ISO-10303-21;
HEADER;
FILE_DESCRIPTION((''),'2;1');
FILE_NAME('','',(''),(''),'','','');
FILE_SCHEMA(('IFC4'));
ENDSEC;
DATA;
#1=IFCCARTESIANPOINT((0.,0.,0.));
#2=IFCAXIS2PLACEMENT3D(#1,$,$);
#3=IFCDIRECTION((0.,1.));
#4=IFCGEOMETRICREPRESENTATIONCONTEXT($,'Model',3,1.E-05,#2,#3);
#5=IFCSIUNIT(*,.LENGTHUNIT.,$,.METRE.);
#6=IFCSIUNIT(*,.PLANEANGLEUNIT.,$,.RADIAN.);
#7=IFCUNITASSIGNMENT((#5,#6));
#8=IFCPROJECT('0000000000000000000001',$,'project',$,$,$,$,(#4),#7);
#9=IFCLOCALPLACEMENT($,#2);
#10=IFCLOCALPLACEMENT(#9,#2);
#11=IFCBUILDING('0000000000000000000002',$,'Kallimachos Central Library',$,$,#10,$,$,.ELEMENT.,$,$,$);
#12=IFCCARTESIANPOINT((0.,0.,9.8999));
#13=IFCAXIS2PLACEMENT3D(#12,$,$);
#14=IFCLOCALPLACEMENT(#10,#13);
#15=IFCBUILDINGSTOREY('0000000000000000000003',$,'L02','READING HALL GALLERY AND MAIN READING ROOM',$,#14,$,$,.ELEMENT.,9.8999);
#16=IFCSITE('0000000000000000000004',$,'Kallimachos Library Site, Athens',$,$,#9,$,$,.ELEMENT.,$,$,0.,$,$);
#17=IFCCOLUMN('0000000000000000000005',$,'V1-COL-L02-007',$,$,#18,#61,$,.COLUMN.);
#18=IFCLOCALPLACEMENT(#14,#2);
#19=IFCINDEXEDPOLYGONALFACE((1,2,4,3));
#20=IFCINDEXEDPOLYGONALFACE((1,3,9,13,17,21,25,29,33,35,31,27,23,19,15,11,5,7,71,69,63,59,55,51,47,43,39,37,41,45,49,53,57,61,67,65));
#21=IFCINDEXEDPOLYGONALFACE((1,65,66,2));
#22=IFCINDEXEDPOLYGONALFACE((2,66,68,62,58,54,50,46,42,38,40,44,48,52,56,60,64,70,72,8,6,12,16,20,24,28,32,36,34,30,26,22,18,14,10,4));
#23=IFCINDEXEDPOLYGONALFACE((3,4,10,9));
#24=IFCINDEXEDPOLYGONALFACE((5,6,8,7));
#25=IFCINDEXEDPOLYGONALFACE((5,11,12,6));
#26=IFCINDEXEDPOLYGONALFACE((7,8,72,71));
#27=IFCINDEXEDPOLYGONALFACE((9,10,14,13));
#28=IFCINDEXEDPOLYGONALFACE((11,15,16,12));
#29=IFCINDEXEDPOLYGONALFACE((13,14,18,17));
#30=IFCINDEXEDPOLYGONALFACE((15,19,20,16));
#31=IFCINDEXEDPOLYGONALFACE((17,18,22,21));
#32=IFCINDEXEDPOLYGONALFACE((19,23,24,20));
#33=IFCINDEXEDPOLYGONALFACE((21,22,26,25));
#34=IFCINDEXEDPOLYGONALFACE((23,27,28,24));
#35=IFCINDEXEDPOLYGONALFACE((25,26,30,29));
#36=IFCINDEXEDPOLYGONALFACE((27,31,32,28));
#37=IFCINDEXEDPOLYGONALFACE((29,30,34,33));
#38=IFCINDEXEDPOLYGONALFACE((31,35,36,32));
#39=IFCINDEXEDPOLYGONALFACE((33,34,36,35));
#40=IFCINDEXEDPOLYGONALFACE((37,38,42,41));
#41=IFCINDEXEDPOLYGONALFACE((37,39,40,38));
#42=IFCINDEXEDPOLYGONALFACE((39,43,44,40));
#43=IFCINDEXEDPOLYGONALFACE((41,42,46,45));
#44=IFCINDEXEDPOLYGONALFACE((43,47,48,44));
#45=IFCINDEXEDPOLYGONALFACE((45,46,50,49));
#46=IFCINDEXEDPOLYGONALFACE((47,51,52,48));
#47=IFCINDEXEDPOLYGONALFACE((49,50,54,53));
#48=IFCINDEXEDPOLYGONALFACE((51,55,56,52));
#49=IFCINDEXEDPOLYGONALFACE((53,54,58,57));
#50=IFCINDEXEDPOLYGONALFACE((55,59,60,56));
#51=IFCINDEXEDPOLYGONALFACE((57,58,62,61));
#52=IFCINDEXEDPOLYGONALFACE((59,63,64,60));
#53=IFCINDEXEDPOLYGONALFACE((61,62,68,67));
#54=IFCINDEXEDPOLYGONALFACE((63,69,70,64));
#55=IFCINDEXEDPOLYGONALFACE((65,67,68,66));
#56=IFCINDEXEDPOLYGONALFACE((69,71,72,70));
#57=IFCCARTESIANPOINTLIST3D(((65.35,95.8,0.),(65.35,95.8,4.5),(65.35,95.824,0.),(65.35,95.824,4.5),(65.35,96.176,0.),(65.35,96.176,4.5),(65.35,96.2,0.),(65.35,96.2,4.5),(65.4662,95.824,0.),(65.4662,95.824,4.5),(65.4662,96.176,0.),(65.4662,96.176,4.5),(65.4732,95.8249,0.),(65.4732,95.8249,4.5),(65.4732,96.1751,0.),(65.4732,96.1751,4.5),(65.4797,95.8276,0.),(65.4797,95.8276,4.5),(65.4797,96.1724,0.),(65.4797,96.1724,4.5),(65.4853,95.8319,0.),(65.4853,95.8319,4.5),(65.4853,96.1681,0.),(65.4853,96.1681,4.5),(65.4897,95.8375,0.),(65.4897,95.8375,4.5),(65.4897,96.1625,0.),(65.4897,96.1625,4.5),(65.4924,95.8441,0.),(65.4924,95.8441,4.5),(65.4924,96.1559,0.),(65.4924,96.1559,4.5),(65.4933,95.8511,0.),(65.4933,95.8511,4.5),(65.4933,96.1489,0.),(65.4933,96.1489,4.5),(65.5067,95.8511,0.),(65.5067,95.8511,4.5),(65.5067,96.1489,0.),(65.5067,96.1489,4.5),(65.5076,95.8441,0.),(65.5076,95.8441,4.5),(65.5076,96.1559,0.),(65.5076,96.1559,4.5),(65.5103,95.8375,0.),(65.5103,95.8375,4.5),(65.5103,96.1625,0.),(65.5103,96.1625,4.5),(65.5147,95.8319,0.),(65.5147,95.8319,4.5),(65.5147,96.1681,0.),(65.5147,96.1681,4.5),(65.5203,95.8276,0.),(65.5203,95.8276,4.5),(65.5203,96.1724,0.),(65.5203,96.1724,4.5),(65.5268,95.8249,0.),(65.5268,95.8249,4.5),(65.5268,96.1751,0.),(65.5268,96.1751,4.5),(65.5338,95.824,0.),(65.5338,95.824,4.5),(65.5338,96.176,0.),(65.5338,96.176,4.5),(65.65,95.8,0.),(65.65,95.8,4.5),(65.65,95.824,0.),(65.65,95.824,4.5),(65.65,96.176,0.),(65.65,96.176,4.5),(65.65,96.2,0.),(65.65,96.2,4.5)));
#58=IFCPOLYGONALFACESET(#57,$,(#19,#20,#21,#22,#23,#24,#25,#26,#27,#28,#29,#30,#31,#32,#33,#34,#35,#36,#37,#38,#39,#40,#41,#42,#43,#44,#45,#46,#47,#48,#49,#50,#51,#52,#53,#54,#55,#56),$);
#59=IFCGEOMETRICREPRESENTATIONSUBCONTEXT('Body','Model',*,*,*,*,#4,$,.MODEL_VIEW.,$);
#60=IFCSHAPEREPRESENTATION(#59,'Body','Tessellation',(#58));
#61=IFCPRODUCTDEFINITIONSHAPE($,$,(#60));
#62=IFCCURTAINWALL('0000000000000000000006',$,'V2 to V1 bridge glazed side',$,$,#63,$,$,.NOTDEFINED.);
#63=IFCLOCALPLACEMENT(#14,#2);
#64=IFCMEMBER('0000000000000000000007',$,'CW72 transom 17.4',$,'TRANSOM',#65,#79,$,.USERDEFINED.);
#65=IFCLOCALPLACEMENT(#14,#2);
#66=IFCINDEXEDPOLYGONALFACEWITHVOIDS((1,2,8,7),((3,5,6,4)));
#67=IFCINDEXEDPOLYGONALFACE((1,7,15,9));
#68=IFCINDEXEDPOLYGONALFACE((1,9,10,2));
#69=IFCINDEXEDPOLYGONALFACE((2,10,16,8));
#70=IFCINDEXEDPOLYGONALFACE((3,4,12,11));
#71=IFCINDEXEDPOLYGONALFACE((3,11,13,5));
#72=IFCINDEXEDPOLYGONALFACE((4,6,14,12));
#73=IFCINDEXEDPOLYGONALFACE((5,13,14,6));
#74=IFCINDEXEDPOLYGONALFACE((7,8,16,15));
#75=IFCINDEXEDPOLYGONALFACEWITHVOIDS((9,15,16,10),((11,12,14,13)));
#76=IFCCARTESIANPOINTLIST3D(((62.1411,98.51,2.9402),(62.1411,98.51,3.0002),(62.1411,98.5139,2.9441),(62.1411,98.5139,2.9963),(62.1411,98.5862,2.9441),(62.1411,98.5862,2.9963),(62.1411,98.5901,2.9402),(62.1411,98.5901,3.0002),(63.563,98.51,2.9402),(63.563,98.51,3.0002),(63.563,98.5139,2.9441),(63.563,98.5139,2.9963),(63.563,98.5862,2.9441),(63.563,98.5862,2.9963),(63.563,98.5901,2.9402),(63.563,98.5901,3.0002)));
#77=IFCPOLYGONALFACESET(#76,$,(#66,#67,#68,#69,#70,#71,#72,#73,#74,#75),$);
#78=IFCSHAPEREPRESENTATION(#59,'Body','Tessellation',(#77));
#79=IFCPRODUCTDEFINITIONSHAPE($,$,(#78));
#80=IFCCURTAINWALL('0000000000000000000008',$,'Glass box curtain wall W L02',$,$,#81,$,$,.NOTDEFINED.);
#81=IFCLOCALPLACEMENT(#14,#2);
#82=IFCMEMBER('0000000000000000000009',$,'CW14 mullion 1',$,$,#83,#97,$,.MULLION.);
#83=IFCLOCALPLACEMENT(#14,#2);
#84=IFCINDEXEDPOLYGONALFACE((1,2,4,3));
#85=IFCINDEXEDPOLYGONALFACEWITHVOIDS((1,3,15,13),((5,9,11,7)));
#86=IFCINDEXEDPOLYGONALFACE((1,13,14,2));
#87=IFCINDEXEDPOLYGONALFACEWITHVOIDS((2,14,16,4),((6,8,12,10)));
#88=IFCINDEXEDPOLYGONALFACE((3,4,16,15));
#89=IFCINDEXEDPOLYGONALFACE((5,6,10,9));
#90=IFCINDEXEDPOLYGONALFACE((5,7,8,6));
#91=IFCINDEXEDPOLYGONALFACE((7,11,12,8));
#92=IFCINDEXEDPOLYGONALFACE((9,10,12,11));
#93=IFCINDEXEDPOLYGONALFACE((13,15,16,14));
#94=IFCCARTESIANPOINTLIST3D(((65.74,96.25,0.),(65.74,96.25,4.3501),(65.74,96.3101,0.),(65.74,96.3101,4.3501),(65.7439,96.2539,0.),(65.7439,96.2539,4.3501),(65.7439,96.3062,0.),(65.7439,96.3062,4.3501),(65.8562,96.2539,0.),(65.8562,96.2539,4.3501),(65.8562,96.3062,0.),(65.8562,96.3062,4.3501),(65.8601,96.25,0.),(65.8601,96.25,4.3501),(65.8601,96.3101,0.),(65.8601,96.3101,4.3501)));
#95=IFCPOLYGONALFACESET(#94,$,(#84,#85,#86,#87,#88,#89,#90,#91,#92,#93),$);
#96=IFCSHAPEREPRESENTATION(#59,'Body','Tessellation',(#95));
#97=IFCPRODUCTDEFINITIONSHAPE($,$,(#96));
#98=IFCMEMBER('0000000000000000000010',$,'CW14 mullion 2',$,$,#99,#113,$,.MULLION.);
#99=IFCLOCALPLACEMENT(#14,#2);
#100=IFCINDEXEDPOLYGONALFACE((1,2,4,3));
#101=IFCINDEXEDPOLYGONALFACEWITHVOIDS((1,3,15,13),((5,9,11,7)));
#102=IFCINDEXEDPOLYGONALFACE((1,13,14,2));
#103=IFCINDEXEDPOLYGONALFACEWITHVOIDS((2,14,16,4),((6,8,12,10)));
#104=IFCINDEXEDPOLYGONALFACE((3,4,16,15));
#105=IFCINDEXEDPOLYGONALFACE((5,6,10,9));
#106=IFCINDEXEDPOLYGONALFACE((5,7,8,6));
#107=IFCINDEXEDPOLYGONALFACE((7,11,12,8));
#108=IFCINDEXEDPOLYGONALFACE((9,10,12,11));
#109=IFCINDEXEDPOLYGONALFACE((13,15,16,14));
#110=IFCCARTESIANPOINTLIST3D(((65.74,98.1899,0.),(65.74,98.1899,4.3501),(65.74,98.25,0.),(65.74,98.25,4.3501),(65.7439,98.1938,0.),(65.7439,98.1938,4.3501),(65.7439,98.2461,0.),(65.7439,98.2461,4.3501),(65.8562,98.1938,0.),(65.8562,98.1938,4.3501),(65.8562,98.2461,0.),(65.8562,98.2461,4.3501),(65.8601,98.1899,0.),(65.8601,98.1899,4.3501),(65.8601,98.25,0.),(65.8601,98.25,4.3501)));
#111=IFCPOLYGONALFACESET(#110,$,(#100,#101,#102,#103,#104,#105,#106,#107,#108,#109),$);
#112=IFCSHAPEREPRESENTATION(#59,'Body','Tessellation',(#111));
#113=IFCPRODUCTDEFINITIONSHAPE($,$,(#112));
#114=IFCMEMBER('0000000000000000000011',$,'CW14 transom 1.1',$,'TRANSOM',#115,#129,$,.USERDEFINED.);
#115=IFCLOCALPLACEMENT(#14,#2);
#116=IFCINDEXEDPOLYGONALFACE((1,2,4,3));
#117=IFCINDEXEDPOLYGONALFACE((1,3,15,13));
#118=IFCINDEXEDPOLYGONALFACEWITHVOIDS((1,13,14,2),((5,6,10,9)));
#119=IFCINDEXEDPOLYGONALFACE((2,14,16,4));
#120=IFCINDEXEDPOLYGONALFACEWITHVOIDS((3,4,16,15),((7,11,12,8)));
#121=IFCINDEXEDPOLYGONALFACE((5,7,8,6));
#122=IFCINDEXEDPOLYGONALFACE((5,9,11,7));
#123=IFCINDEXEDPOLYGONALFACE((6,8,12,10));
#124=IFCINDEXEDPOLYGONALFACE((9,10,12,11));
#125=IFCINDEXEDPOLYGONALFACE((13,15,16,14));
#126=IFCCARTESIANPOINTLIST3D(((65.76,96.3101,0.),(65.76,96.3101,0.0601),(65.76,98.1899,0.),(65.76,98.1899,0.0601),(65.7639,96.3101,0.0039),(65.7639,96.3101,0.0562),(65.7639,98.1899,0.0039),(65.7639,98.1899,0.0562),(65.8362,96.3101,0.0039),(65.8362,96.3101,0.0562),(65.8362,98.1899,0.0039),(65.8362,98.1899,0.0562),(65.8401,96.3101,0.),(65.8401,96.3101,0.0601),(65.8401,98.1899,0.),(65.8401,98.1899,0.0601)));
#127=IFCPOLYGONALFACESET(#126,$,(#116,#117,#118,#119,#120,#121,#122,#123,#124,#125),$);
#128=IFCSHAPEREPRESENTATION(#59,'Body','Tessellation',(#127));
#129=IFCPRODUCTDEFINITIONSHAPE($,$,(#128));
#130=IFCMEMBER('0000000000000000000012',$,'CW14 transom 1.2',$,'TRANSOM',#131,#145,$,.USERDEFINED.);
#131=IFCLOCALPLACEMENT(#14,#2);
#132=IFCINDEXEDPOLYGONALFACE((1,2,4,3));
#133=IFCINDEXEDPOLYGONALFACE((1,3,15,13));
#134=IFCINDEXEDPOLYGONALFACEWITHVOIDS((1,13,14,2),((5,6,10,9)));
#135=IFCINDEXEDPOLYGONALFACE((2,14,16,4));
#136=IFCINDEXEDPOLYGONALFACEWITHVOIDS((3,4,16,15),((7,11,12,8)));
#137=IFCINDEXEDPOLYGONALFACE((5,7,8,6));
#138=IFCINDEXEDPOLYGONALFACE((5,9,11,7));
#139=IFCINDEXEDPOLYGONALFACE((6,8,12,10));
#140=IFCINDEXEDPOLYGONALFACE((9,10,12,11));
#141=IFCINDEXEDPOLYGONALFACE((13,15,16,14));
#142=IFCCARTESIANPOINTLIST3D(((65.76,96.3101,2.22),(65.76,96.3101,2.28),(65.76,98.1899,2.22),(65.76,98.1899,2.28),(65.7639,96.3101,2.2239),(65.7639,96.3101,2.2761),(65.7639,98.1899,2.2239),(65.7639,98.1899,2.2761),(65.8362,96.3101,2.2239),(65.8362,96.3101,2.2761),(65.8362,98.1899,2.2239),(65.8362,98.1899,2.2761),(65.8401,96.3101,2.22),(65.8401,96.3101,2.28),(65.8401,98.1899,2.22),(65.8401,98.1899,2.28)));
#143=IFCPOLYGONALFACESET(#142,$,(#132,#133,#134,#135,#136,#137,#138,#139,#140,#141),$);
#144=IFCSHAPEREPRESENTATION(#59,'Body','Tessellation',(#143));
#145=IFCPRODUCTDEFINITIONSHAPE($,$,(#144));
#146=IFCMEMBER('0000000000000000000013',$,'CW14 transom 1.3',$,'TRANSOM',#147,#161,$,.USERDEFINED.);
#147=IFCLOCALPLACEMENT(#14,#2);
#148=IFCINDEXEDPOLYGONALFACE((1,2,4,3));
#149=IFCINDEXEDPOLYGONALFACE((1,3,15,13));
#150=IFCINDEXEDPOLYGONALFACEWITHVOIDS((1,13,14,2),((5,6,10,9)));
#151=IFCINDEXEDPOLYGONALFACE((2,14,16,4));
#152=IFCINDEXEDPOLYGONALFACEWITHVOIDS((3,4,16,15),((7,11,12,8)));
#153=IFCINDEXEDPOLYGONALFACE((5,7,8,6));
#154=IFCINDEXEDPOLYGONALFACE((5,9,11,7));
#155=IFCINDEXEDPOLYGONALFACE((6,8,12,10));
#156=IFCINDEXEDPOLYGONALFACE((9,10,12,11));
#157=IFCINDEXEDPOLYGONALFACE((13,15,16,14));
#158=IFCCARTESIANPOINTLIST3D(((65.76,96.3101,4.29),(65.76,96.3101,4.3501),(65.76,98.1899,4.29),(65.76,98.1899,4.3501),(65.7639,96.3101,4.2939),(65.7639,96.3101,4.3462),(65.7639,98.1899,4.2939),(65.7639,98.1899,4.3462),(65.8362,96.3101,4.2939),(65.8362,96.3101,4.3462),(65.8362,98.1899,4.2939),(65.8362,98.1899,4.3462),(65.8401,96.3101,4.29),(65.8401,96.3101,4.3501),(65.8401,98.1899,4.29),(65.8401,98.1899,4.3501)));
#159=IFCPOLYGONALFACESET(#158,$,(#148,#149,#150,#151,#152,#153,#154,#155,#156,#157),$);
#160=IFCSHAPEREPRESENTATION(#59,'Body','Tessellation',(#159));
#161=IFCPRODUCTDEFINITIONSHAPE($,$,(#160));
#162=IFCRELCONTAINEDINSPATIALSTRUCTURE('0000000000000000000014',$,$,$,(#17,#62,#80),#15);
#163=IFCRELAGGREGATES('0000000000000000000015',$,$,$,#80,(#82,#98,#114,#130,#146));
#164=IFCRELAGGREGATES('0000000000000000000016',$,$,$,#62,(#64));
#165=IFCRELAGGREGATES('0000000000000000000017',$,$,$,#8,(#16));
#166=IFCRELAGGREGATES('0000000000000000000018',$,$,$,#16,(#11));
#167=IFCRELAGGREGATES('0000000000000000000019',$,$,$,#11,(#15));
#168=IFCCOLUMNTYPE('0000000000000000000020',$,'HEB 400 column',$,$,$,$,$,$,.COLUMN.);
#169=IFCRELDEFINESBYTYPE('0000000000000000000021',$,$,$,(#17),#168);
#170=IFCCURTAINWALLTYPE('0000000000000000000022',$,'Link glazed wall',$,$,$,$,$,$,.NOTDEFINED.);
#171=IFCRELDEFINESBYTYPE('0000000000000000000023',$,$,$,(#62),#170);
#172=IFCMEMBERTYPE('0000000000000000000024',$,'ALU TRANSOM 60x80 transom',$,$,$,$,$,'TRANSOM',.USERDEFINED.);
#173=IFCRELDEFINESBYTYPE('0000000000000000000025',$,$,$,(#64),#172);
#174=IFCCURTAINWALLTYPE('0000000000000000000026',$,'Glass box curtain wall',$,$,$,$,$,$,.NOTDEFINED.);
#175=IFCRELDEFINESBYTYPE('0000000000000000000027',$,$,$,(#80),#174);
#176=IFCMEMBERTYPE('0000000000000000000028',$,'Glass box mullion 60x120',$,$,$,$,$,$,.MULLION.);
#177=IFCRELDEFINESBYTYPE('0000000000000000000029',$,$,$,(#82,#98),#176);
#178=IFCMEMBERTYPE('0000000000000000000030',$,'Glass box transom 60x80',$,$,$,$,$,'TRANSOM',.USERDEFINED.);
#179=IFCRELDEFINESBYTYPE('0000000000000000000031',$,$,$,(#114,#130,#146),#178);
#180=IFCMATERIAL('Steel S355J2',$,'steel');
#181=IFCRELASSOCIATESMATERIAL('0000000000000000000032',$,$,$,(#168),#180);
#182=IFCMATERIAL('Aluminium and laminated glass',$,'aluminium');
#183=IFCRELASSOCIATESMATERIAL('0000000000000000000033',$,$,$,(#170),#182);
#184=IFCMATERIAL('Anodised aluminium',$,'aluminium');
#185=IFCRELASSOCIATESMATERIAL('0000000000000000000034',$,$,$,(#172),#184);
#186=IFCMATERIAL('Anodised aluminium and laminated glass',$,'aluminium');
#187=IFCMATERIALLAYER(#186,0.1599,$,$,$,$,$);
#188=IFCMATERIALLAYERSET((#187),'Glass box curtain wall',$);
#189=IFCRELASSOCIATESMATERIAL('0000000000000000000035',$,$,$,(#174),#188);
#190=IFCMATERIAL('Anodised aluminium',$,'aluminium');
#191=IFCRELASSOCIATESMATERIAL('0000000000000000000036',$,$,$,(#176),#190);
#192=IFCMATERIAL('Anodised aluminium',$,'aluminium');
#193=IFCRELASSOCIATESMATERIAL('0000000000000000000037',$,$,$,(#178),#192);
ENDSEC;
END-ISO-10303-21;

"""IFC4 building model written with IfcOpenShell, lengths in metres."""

from ifc_helpers import new_model, si_unit, direction, frame, origin, origin_2d, place, context, subcontext, project, spatial, hollow_rectangle, i_section, extrude, material, layer, layer_set, material_profile, profile_set, type_object, element, aggregate, save


model = new_model("IFC4")

# Units and contexts
model_context = context("Model", 3, precision=1e-05, world=origin(), true_north=direction((0.0, 1.0)))
body_context = subcontext(model_context, "Body", "Model", "MODEL_VIEW")
ifc_project = project(units=[si_unit("LENGTHUNIT", "METRE"), si_unit("PLANEANGLEUNIT", "RADIAN")], contexts=[model_context])

# Site, building, storey
site_placement = place(None, origin())
site = spatial("IfcSite", under=ifc_project, at=site_placement, Name="Kallimachos Library Site, Athens", CompositionType="ELEMENT", RefElevation=0.0)
building_placement = place(site_placement, origin())
building = spatial("IfcBuilding", under=site, at=building_placement, Name="Kallimachos Central Library", CompositionType="ELEMENT")
storey_placement = place(building_placement, frame((0.0, 0.0, 9.8999)))
storey = spatial("IfcBuildingStorey", under=building, at=storey_placement, Name="L02", Description="READING HALL GALLERY AND MAIN READING ROOM", CompositionType="ELEMENT", Elevation=9.8999)

# Column
ifc_material_1 = material(Name="Steel S355J2", Category="steel")
ifc_material_profile_1 = material_profile(ifc_material_1, i_section(OverallWidth=0.3, OverallDepth=0.3999, WebThickness=0.0134, FlangeThickness=0.0239, FilletRadius=0.0271, at=origin_2d()), Name="HEB 400")
ifc_profile_set_1 = profile_set([ifc_material_profile_1], Name="Steel S355J2")
column_type = type_object("IfcColumnType", Name="HEB 400 column", PredefinedType="COLUMN", material=ifc_profile_set_1)
column_placement = place(storey_placement, frame((65.5, 96.0, 0.0), z_axis=(0.0, 0.0, 1.0), x_axis=(1.0, 0.0, 0.0)))
element("IfcColumn", 1, at=column_placement, inside=storey, type_object=column_type, Name="V1-COL-L02-007", PredefinedType="COLUMN", context=body_context, shape_type="SweptSolid", body=[
    extrude(i_section(OverallWidth=0.3, OverallDepth=0.3999, WebThickness=0.0134, FlangeThickness=0.0239, FilletRadius=0.0271, at=origin_2d()), origin(), (0.0, 0.0, 1.0), 4.5),
])

# Curtain wall, member
ifc_material_2 = material(Name="Aluminium and laminated glass", Category="aluminium")
curtain_wall_type_1 = type_object("IfcCurtainWallType", Name="Link glazed wall", PredefinedType="NOTDEFINED", material=ifc_material_2)
curtain_wall_1_placement = place(storey_placement, origin())
curtain_wall_1 = element("IfcCurtainWall", 2, at=curtain_wall_1_placement, inside=storey, type_object=curtain_wall_type_1, Name="V2 to V1 bridge glazed side", PredefinedType="NOTDEFINED")
ifc_material_3 = material(Name="Anodised aluminium", Category="aluminium")
ifc_material_profile_2 = material_profile(ifc_material_3, hollow_rectangle(XDim=0.0601, YDim=0.0801, WallThickness=0.0039, at=origin_2d()), Name="ALU TRANSOM 60x80")
ifc_profile_set_2 = profile_set([ifc_material_profile_2], Name="Anodised aluminium")
member_type_1 = type_object("IfcMemberType", Name="ALU TRANSOM 60x80 transom", ElementType="TRANSOM", PredefinedType="USERDEFINED", material=ifc_profile_set_2)
member_1_placement = place(storey_placement, frame((62.1411, 98.55, 2.9702), z_axis=(1.0, 0.0, 0.0), x_axis=(0.0, 0.0, 1.0)))
member_1 = element("IfcMember", 3, at=member_1_placement, type_object=member_type_1, Name="CW72 transom 17.4", ObjectType="TRANSOM", PredefinedType="USERDEFINED", context=body_context, shape_type="SweptSolid", body=[
    extrude(hollow_rectangle(XDim=0.0601, YDim=0.0801, WallThickness=0.0039, at=origin_2d()), origin(), (0.0, 0.0, 1.0), 1.4219),
])

# Curtain wall, members
ifc_material_4 = material(Name="Anodised aluminium and laminated glass", Category="aluminium")
ifc_layer_1 = layer(ifc_material_4, 0.1599)
ifc_layer_set_1 = layer_set([ifc_layer_1], Name="Glass box curtain wall")
curtain_wall_type_2 = type_object("IfcCurtainWallType", Name="Glass box curtain wall", PredefinedType="NOTDEFINED", material=ifc_layer_set_1)
curtain_wall_2_placement = place(storey_placement, origin())
curtain_wall_2 = element("IfcCurtainWall", 4, at=curtain_wall_2_placement, inside=storey, type_object=curtain_wall_type_2, Name="Glass box curtain wall W L02", PredefinedType="NOTDEFINED")
ifc_material_5 = material(Name="Anodised aluminium", Category="aluminium")
ifc_material_profile_3 = material_profile(ifc_material_5, hollow_rectangle(XDim=0.0601, YDim=0.1201, WallThickness=0.0039, at=origin_2d()), Name="ALU MULLION 60x120")
ifc_profile_set_3 = profile_set([ifc_material_profile_3], Name="Anodised aluminium")
member_type_2 = type_object("IfcMemberType", Name="Glass box mullion 60x120", PredefinedType="MULLION", material=ifc_profile_set_3)
member_2_placement = place(storey_placement, frame((65.8, 96.28, 0.0), z_axis=(0.0, 0.0, 1.0), x_axis=(0.0, 1.0, 0.0)))
member_2 = element("IfcMember", 5, at=member_2_placement, type_object=member_type_2, Name="CW14 mullion 1", PredefinedType="MULLION", context=body_context, shape_type="SweptSolid", body=[
    extrude(hollow_rectangle(XDim=0.0601, YDim=0.1201, WallThickness=0.0039, at=origin_2d()), origin(), (0.0, 0.0, 1.0), 4.3501),
])
member_3_placement = place(storey_placement, frame((65.8, 98.22, 0.0), z_axis=(0.0, 0.0, 1.0), x_axis=(0.0, 1.0, 0.0)))
member_3 = element("IfcMember", 6, at=member_3_placement, type_object=member_type_2, Name="CW14 mullion 2", PredefinedType="MULLION", context=body_context, shape_type="SweptSolid", body=[
    extrude(hollow_rectangle(XDim=0.0601, YDim=0.1201, WallThickness=0.0039, at=origin_2d()), origin(), (0.0, 0.0, 1.0), 4.3501),
])
ifc_material_6 = material(Name="Anodised aluminium", Category="aluminium")
ifc_material_profile_4 = material_profile(ifc_material_6, hollow_rectangle(XDim=0.0601, YDim=0.0801, WallThickness=0.0039, at=origin_2d()), Name="ALU TRANSOM 60x80")
ifc_profile_set_4 = profile_set([ifc_material_profile_4], Name="Anodised aluminium")
member_type_3 = type_object("IfcMemberType", Name="Glass box transom 60x80", ElementType="TRANSOM", PredefinedType="USERDEFINED", material=ifc_profile_set_4)
member_4_placement = place(storey_placement, frame((65.8, 96.3101, 0.03), z_axis=(0.0, 1.0, 0.0), x_axis=(0.0, 0.0, 1.0)))
member_4 = element("IfcMember", 7, at=member_4_placement, type_object=member_type_3, Name="CW14 transom 1.1", ObjectType="TRANSOM", PredefinedType="USERDEFINED", context=body_context, shape_type="SweptSolid", body=[
    extrude(hollow_rectangle(XDim=0.0601, YDim=0.0801, WallThickness=0.0039, at=origin_2d()), origin(), (0.0, 0.0, 1.0), 1.8799),
])
member_5_placement = place(storey_placement, frame((65.8, 96.3101, 2.25), z_axis=(0.0, 1.0, 0.0), x_axis=(0.0, 0.0, 1.0)))
member_5 = element("IfcMember", 8, at=member_5_placement, type_object=member_type_3, Name="CW14 transom 1.2", ObjectType="TRANSOM", PredefinedType="USERDEFINED", context=body_context, shape_type="SweptSolid", body=[
    extrude(hollow_rectangle(XDim=0.0601, YDim=0.0801, WallThickness=0.0039, at=origin_2d()), origin(), (0.0, 0.0, 1.0), 1.8799),
])
member_6_placement = place(storey_placement, frame((65.8, 96.3101, 4.3201), z_axis=(0.0, 1.0, 0.0), x_axis=(0.0, 0.0, 1.0)))
member_6 = element("IfcMember", 9, at=member_6_placement, type_object=member_type_3, Name="CW14 transom 1.3", ObjectType="TRANSOM", PredefinedType="USERDEFINED", context=body_context, shape_type="SweptSolid", body=[
    extrude(hollow_rectangle(XDim=0.0601, YDim=0.0801, WallThickness=0.0039, at=origin_2d()), origin(), (0.0, 0.0, 1.0), 1.8799),
])

aggregate(curtain_wall_2, [member_2, member_3, member_4, member_5, member_6])
aggregate(curtain_wall_1, [member_1])

save(model, "model.ifc")
